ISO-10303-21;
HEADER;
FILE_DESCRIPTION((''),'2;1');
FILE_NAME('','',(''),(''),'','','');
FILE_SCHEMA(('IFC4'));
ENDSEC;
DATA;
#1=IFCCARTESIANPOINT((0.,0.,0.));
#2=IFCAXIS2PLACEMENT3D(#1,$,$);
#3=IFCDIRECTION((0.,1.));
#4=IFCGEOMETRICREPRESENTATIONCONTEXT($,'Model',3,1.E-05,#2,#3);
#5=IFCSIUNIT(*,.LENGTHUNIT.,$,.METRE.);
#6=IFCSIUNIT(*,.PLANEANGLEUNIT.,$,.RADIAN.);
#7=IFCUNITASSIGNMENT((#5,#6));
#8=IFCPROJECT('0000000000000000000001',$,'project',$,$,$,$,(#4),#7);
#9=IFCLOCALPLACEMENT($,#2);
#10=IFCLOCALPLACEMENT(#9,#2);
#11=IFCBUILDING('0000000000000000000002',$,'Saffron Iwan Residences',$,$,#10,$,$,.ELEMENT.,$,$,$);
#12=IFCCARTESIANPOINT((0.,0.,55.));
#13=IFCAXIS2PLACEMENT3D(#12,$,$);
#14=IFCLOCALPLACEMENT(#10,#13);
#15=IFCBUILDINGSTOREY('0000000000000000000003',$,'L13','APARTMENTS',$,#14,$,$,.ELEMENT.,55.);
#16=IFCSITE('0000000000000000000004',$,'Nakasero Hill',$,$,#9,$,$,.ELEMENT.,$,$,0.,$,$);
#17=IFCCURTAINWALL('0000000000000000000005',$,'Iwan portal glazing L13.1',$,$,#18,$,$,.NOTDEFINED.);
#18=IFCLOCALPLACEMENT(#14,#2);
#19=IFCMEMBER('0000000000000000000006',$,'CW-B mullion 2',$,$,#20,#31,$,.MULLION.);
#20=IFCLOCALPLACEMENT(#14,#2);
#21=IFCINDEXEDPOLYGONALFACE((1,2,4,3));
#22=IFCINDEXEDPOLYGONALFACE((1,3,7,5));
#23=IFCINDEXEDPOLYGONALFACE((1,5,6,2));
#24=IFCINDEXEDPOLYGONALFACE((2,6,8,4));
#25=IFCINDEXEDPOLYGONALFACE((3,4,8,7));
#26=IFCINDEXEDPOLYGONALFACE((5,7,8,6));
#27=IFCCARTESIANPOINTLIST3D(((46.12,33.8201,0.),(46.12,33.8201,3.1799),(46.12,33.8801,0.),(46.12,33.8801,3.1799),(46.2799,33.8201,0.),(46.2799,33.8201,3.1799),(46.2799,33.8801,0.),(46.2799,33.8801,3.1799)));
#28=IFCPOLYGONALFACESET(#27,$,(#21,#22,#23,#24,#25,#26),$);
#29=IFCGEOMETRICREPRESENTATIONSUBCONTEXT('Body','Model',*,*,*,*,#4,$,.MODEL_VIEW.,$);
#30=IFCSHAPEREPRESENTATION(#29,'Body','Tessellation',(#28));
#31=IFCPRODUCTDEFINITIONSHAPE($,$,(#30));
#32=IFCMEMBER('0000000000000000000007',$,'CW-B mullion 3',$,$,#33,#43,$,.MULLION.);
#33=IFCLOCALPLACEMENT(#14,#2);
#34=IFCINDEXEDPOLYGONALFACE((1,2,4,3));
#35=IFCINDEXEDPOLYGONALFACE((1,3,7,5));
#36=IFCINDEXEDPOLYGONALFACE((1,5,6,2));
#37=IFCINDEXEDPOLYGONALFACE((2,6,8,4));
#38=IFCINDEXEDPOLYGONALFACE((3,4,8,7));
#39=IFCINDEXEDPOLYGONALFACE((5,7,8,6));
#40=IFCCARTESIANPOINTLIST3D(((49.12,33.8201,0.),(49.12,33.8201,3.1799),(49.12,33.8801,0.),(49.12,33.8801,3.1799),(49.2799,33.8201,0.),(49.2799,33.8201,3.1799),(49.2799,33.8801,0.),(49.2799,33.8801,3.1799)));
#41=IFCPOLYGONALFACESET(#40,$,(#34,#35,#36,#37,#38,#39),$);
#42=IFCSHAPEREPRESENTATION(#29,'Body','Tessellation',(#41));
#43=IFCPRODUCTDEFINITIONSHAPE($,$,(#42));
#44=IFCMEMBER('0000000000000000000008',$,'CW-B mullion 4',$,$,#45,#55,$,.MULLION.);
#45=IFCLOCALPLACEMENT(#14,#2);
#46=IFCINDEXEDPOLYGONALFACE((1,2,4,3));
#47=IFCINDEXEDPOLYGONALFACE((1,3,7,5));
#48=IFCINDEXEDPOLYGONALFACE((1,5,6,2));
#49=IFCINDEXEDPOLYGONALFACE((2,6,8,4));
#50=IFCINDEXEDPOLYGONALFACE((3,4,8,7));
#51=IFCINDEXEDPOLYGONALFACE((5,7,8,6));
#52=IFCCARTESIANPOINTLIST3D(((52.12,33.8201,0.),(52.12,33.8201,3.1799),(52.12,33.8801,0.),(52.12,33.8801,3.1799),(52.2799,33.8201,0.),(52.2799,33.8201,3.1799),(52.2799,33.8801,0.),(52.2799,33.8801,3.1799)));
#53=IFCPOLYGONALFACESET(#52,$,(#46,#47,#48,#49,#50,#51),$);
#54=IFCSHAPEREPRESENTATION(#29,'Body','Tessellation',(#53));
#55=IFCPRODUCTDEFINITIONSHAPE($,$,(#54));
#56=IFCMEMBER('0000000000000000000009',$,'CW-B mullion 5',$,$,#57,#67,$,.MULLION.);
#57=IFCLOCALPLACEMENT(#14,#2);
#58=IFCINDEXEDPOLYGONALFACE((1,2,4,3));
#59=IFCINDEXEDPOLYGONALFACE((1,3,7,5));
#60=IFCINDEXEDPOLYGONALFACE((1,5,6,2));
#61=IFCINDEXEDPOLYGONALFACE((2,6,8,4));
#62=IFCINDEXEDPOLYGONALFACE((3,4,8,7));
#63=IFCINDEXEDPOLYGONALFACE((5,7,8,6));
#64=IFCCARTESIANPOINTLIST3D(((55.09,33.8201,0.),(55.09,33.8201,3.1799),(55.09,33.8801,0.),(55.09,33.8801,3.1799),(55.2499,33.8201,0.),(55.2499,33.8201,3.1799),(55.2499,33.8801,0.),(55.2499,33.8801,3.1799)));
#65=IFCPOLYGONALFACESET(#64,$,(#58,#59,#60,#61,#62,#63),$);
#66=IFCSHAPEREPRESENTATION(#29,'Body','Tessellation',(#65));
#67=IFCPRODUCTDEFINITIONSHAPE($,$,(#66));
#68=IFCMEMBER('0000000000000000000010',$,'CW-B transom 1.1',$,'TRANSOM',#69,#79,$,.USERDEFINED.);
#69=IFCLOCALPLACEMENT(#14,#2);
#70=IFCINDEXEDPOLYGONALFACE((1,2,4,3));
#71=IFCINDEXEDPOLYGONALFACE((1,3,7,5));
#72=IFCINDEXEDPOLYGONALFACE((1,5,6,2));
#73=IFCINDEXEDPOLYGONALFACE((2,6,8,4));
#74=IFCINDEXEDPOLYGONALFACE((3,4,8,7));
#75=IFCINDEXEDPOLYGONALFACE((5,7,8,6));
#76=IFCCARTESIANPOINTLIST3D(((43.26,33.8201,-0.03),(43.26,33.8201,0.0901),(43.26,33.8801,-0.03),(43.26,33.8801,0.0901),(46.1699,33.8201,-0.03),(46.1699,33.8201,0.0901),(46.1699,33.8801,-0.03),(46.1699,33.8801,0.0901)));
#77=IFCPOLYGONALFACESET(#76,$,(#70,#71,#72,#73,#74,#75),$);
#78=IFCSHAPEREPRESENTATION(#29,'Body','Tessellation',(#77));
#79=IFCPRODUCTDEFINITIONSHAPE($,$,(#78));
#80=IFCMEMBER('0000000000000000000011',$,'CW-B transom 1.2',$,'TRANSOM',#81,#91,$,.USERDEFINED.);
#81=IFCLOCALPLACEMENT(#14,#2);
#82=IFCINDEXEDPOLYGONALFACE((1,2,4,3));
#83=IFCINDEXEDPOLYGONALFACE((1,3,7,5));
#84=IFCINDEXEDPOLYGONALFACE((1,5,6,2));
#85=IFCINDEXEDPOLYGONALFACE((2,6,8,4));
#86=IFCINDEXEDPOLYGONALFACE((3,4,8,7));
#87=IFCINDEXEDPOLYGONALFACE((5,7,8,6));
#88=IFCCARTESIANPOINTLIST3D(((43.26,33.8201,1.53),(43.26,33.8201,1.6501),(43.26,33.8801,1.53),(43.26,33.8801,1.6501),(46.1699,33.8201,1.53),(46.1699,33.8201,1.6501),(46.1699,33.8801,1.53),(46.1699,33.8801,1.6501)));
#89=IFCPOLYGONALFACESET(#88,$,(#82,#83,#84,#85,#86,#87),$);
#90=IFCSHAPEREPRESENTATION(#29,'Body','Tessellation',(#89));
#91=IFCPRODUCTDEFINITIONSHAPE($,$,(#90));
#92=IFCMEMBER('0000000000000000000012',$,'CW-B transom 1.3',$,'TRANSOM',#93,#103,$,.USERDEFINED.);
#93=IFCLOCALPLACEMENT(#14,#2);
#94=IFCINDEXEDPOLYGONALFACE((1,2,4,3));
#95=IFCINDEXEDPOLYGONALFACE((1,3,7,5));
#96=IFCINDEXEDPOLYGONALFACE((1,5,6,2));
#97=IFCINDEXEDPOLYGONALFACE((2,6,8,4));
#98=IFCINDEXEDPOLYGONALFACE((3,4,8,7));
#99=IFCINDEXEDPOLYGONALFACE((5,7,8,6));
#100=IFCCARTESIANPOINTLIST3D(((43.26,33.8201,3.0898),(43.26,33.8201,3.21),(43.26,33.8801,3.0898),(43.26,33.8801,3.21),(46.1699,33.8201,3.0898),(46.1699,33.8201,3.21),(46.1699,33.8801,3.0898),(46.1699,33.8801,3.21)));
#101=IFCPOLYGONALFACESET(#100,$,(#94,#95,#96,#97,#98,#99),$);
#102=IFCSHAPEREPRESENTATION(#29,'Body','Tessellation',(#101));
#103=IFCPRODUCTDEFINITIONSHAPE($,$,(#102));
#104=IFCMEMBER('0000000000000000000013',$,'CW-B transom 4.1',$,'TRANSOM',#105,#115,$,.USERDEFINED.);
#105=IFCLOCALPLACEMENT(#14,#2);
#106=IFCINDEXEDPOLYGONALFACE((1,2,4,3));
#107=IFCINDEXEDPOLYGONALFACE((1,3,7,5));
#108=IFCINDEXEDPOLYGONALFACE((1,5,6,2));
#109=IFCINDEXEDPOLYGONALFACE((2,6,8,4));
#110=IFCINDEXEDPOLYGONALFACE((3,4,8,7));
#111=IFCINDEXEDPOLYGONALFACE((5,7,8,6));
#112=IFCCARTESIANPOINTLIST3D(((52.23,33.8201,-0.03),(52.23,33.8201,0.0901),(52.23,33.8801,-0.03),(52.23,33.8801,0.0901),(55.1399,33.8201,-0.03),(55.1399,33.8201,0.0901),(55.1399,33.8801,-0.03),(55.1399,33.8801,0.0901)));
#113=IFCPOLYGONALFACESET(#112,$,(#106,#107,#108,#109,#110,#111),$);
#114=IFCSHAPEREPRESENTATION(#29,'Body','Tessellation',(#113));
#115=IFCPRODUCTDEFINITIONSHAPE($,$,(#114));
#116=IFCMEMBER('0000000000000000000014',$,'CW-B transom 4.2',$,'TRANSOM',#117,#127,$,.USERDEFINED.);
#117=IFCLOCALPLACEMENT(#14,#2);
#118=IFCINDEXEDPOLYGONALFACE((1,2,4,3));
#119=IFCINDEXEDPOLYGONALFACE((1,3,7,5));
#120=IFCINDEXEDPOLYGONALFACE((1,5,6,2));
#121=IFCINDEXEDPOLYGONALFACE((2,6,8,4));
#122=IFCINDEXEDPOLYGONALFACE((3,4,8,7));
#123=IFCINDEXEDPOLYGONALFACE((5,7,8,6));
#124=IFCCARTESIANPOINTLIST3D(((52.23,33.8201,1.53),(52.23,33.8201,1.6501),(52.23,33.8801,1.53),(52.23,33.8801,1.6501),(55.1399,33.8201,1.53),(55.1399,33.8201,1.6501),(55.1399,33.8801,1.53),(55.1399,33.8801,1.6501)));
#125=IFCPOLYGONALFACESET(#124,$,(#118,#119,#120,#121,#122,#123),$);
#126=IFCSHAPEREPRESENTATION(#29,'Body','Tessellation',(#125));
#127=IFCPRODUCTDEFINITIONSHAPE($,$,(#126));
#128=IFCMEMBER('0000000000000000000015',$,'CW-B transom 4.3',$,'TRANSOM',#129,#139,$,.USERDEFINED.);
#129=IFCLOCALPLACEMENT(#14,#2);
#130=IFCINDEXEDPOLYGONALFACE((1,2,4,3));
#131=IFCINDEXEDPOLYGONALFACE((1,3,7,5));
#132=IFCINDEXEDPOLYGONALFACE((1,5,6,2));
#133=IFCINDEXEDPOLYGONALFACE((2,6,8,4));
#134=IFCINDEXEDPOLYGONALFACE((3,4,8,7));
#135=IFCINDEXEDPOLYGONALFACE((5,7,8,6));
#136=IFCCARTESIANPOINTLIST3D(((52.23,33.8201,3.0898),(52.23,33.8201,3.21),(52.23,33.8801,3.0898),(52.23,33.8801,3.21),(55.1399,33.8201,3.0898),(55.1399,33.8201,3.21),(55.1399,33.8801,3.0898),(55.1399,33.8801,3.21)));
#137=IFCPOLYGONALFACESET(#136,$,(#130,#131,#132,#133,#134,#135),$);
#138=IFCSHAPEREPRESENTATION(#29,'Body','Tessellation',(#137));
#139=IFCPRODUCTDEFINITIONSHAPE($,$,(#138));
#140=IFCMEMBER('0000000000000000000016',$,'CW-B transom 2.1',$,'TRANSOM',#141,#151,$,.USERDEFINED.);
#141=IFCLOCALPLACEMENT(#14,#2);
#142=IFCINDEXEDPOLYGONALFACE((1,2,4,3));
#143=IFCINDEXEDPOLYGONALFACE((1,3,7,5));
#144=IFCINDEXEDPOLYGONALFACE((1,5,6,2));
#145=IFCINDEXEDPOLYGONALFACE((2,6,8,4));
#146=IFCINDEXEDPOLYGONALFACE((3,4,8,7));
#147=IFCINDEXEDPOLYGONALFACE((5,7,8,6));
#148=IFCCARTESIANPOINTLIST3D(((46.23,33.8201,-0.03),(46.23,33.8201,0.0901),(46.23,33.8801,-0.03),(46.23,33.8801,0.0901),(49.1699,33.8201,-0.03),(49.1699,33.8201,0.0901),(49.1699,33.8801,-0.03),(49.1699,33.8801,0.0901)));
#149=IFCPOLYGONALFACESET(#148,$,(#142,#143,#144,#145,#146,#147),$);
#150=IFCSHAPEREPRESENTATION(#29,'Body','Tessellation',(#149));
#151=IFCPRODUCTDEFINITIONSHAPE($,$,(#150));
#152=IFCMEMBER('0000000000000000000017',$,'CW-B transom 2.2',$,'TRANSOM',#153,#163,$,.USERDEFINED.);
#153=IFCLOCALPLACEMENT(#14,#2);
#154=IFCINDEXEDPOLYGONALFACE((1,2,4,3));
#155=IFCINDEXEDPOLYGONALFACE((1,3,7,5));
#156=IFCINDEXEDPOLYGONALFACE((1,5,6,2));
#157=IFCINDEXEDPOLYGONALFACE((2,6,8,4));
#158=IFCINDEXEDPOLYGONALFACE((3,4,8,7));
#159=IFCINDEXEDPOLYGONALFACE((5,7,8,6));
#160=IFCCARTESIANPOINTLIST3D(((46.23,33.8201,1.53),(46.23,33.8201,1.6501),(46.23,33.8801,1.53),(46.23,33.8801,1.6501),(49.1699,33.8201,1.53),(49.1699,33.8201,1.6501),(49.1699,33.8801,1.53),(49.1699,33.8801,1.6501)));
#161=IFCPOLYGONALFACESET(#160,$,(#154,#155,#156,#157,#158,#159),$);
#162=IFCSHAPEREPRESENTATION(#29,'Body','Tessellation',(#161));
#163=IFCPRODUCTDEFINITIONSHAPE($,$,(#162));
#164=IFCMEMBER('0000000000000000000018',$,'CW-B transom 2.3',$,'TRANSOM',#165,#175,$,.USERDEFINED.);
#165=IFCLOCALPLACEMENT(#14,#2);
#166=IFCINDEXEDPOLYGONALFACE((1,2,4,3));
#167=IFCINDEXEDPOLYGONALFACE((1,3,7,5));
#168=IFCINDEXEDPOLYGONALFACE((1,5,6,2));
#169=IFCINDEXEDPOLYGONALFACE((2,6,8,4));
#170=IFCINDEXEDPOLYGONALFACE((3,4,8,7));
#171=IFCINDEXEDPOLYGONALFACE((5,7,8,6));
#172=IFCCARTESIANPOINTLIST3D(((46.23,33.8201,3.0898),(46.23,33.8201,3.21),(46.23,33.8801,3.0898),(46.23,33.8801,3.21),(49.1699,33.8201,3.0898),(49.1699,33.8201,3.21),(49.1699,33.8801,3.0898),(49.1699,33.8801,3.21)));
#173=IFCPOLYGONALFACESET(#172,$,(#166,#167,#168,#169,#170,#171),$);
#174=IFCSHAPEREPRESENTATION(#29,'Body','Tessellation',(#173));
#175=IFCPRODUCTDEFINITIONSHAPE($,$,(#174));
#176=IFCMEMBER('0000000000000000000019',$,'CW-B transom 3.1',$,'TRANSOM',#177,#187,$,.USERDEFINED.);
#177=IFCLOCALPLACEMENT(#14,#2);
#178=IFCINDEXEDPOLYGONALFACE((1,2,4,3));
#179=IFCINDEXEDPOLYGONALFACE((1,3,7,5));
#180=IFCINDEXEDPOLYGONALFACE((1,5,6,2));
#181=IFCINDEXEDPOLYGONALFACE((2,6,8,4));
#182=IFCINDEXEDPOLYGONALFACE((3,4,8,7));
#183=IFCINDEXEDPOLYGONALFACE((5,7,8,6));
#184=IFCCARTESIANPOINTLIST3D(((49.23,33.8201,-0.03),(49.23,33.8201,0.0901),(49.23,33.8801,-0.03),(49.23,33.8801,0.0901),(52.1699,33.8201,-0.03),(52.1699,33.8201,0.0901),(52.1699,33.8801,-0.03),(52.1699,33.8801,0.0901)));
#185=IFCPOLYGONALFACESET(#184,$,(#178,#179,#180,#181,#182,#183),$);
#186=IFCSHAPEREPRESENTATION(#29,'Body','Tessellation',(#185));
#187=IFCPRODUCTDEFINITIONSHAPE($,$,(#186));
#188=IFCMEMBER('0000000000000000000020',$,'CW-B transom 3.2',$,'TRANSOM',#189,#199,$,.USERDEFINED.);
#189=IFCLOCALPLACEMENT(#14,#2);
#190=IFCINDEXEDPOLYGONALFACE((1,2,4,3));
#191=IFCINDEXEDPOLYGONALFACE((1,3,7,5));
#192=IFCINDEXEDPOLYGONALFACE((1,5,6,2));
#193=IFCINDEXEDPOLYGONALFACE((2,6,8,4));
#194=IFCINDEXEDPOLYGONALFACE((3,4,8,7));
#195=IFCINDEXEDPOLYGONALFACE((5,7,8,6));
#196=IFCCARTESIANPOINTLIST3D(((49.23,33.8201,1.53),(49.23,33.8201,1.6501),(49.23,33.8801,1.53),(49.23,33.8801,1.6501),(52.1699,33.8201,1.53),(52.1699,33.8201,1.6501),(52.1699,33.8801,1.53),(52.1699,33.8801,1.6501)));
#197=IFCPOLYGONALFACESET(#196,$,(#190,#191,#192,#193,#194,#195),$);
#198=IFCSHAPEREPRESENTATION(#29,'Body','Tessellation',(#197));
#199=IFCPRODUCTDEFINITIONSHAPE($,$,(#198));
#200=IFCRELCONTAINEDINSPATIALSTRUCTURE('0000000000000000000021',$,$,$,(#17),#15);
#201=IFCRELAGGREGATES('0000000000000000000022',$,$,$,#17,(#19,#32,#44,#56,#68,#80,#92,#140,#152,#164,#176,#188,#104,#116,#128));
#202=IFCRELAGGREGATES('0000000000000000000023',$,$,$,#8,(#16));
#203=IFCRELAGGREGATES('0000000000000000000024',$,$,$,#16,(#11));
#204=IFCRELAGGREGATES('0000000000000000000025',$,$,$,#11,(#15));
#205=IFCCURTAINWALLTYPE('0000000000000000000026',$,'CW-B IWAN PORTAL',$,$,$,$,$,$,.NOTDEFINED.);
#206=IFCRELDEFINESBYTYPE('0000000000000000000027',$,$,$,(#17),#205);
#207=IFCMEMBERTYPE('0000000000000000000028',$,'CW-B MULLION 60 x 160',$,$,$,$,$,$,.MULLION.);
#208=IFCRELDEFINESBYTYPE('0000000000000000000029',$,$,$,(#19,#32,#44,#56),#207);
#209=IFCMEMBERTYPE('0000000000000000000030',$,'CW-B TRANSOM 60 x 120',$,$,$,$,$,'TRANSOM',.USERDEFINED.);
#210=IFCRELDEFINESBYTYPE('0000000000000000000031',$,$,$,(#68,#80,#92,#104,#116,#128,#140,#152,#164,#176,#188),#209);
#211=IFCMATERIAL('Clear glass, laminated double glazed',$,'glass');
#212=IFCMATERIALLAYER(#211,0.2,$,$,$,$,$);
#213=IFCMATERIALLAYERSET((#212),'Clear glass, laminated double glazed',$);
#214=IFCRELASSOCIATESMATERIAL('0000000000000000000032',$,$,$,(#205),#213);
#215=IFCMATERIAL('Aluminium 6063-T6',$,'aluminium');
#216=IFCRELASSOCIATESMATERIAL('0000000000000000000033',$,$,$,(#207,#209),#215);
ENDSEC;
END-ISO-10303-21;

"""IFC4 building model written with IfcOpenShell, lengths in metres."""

from ifc_helpers import new_model, si_unit, direction, frame, origin, origin_2d, place, context, subcontext, project, spatial, rectangle, extrude, source, transform, mapped, material, layer, layer_set, material_profile, profile_set, type_object, element, aggregate, save


model = new_model("IFC4")

# Units and contexts
model_context = context("Model", 3, precision=1e-05, world=origin(), true_north=direction((0.0, 1.0)))
body_context = subcontext(model_context, "Body", "Model", "MODEL_VIEW")
ifc_project = project(units=[si_unit("LENGTHUNIT", "METRE"), si_unit("PLANEANGLEUNIT", "RADIAN")], contexts=[model_context])

# Site, building, storey
site_placement = place(None, origin())
site = spatial("IfcSite", under=ifc_project, at=site_placement, Name="Nakasero Hill", CompositionType="ELEMENT", RefElevation=0.0)
building_placement = place(site_placement, origin())
building = spatial("IfcBuilding", under=site, at=building_placement, Name="Saffron Iwan Residences", CompositionType="ELEMENT")
storey_placement = place(building_placement, frame((0.0, 0.0, 55.0)))
storey = spatial("IfcBuildingStorey", under=building, at=storey_placement, Name="L13", Description="APARTMENTS", CompositionType="ELEMENT", Elevation=55.0)

# Curtain wall, members
ifc_material_1 = material(Name="Clear glass, laminated double glazed", Category="glass")
ifc_layer_1 = layer(ifc_material_1, 0.2)
ifc_layer_set_1 = layer_set([ifc_layer_1], Name="Clear glass, laminated double glazed")
curtain_wall_type = type_object("IfcCurtainWallType", Name="CW-B IWAN PORTAL", PredefinedType="NOTDEFINED", material=ifc_layer_set_1)
curtain_wall_placement = place(storey_placement, origin())
curtain_wall = element("IfcCurtainWall", 1, at=curtain_wall_placement, inside=storey, type_object=curtain_wall_type, Name="Iwan portal glazing L13.1", PredefinedType="NOTDEFINED")
ifc_material_2 = material(Name="Aluminium 6063-T6", Category="aluminium")
ifc_material_profile_1 = material_profile(ifc_material_2, rectangle(XDim=0.0601, YDim=0.1599, at=origin_2d()), Name="CW-B MULLION 60 x 160")
ifc_profile_set_1 = profile_set([ifc_material_profile_1], Name="Aluminium 6063-T6")
member_type_1 = type_object("IfcMemberType", Name="CW-B MULLION 60 x 160", PredefinedType="MULLION", material=ifc_profile_set_1)
shared_shape_1 = source(origin(), body_context, "Body", "SweptSolid", [
    extrude(rectangle(XDim=0.0601, YDim=0.1599, at=origin_2d()), origin(), (0.0, 0.0, 1.0), 3.1799),
])
member_1_placement = place(storey_placement, frame((46.2, 33.8501, 0.0), z_axis=(0.0, 0.0, 1.0), x_axis=(0.0, 1.0, 0.0)))
member_1 = element("IfcMember", 2, at=member_1_placement, type_object=member_type_1, Name="CW-B mullion 2", PredefinedType="MULLION", context=body_context, shape_type="MappedRepresentation", body=[
    mapped(shared_shape_1, transform((0.0, 0.0, 0.0))),
])
member_2_placement = place(storey_placement, frame((49.2, 33.8501, 0.0), z_axis=(0.0, 0.0, 1.0), x_axis=(0.0, 1.0, 0.0)))
member_2 = element("IfcMember", 3, at=member_2_placement, type_object=member_type_1, Name="CW-B mullion 3", PredefinedType="MULLION", context=body_context, shape_type="MappedRepresentation", body=[
    mapped(shared_shape_1, transform((0.0, 0.0, 0.0))),
])
member_3_placement = place(storey_placement, frame((52.2, 33.8501, 0.0), z_axis=(0.0, 0.0, 1.0), x_axis=(0.0, 1.0, 0.0)))
member_3 = element("IfcMember", 4, at=member_3_placement, type_object=member_type_1, Name="CW-B mullion 4", PredefinedType="MULLION", context=body_context, shape_type="MappedRepresentation", body=[
    mapped(shared_shape_1, transform((0.0, 0.0, 0.0))),
])
member_4_placement = place(storey_placement, frame((55.1699, 33.8501, 0.0), z_axis=(0.0, 0.0, 1.0), x_axis=(0.0, 1.0, 0.0)))
member_4 = element("IfcMember", 5, at=member_4_placement, type_object=member_type_1, Name="CW-B mullion 5", PredefinedType="MULLION", context=body_context, shape_type="MappedRepresentation", body=[
    mapped(shared_shape_1, transform((0.0, 0.0, 0.0))),
])
ifc_material_profile_2 = material_profile(ifc_material_2, rectangle(XDim=0.0601, YDim=0.1201, at=origin_2d()), Name="CW-B TRANSOM 60 x 120")
ifc_profile_set_2 = profile_set([ifc_material_profile_2], Name="Aluminium 6063-T6")
member_type_2 = type_object("IfcMemberType", Name="CW-B TRANSOM 60 x 120", ElementType="TRANSOM", PredefinedType="USERDEFINED", material=ifc_profile_set_2)
shared_shape_2 = source(origin(), body_context, "Body", "SweptSolid", [
    extrude(rectangle(XDim=0.0601, YDim=0.1201, at=origin_2d()), origin(), (0.0, 0.0, 1.0), 2.9099),
])
member_5_placement = place(storey_placement, frame((43.26, 33.8501, 0.03), z_axis=(1.0, 0.0, 0.0), x_axis=(0.0, 1.0, 0.0)))
member_5 = element("IfcMember", 6, at=member_5_placement, type_object=member_type_2, Name="CW-B transom 1.1", ObjectType="TRANSOM", PredefinedType="USERDEFINED", context=body_context, shape_type="MappedRepresentation", body=[
    mapped(shared_shape_2, transform((0.0, 0.0, 0.0))),
])
member_6_placement = place(storey_placement, frame((43.26, 33.8501, 1.5901), z_axis=(1.0, 0.0, 0.0), x_axis=(0.0, 1.0, 0.0)))
member_6 = element("IfcMember", 7, at=member_6_placement, type_object=member_type_2, Name="CW-B transom 1.2", ObjectType="TRANSOM", PredefinedType="USERDEFINED", context=body_context, shape_type="MappedRepresentation", body=[
    mapped(shared_shape_2, transform((0.0, 0.0, 0.0))),
])
member_7_placement = place(storey_placement, frame((43.26, 33.8501, 3.1499), z_axis=(1.0, 0.0, 0.0), x_axis=(0.0, 1.0, 0.0)))
member_7 = element("IfcMember", 8, at=member_7_placement, type_object=member_type_2, Name="CW-B transom 1.3", ObjectType="TRANSOM", PredefinedType="USERDEFINED", context=body_context, shape_type="MappedRepresentation", body=[
    mapped(shared_shape_2, transform((0.0, 0.0, 0.0))),
])
member_8_placement = place(storey_placement, frame((52.23, 33.8501, 0.03), z_axis=(1.0, 0.0, 0.0), x_axis=(0.0, 1.0, 0.0)))
member_8 = element("IfcMember", 9, at=member_8_placement, type_object=member_type_2, Name="CW-B transom 4.1", ObjectType="TRANSOM", PredefinedType="USERDEFINED", context=body_context, shape_type="MappedRepresentation", body=[
    mapped(shared_shape_2, transform((0.0, 0.0, 0.0))),
])
member_9_placement = place(storey_placement, frame((52.23, 33.8501, 1.5901), z_axis=(1.0, 0.0, 0.0), x_axis=(0.0, 1.0, 0.0)))
member_9 = element("IfcMember", 10, at=member_9_placement, type_object=member_type_2, Name="CW-B transom 4.2", ObjectType="TRANSOM", PredefinedType="USERDEFINED", context=body_context, shape_type="MappedRepresentation", body=[
    mapped(shared_shape_2, transform((0.0, 0.0, 0.0))),
])
member_10_placement = place(storey_placement, frame((52.23, 33.8501, 3.1499), z_axis=(1.0, 0.0, 0.0), x_axis=(0.0, 1.0, 0.0)))
member_10 = element("IfcMember", 11, at=member_10_placement, type_object=member_type_2, Name="CW-B transom 4.3", ObjectType="TRANSOM", PredefinedType="USERDEFINED", context=body_context, shape_type="MappedRepresentation", body=[
    mapped(shared_shape_2, transform((0.0, 0.0, 0.0))),
])
shared_shape_3 = source(origin(), body_context, "Body", "SweptSolid", [
    extrude(rectangle(XDim=0.0601, YDim=0.1201, at=origin_2d()), origin(), (0.0, 0.0, 1.0), 2.9399),
])
member_11_placement = place(storey_placement, frame((46.23, 33.8501, 0.03), z_axis=(1.0, 0.0, 0.0), x_axis=(0.0, 1.0, 0.0)))
member_11 = element("IfcMember", 12, at=member_11_placement, type_object=member_type_2, Name="CW-B transom 2.1", ObjectType="TRANSOM", PredefinedType="USERDEFINED", context=body_context, shape_type="MappedRepresentation", body=[
    mapped(shared_shape_3, transform((0.0, 0.0, 0.0))),
])
member_12_placement = place(storey_placement, frame((46.23, 33.8501, 1.5901), z_axis=(1.0, 0.0, 0.0), x_axis=(0.0, 1.0, 0.0)))
member_12 = element("IfcMember", 13, at=member_12_placement, type_object=member_type_2, Name="CW-B transom 2.2", ObjectType="TRANSOM", PredefinedType="USERDEFINED", context=body_context, shape_type="MappedRepresentation", body=[
    mapped(shared_shape_3, transform((0.0, 0.0, 0.0))),
])
member_13_placement = place(storey_placement, frame((46.23, 33.8501, 3.1499), z_axis=(1.0, 0.0, 0.0), x_axis=(0.0, 1.0, 0.0)))
member_13 = element("IfcMember", 14, at=member_13_placement, type_object=member_type_2, Name="CW-B transom 2.3", ObjectType="TRANSOM", PredefinedType="USERDEFINED", context=body_context, shape_type="MappedRepresentation", body=[
    mapped(shared_shape_3, transform((0.0, 0.0, 0.0))),
])
member_14_placement = place(storey_placement, frame((49.23, 33.8501, 0.03), z_axis=(1.0, 0.0, 0.0), x_axis=(0.0, 1.0, 0.0)))
member_14 = element("IfcMember", 15, at=member_14_placement, type_object=member_type_2, Name="CW-B transom 3.1", ObjectType="TRANSOM", PredefinedType="USERDEFINED", context=body_context, shape_type="MappedRepresentation", body=[
    mapped(shared_shape_3, transform((0.0, 0.0, 0.0))),
])
member_15_placement = place(storey_placement, frame((49.23, 33.8501, 1.5901), z_axis=(1.0, 0.0, 0.0), x_axis=(0.0, 1.0, 0.0)))
member_15 = element("IfcMember", 16, at=member_15_placement, type_object=member_type_2, Name="CW-B transom 3.2", ObjectType="TRANSOM", PredefinedType="USERDEFINED", context=body_context, shape_type="MappedRepresentation", body=[
    mapped(shared_shape_3, transform((0.0, 0.0, 0.0))),
])
aggregate(curtain_wall, [member_1, member_2, member_3, member_4, member_5, member_6, member_7, member_11, member_12, member_13, member_14, member_15, member_8, member_9, member_10])

save(model, "model.ifc")
